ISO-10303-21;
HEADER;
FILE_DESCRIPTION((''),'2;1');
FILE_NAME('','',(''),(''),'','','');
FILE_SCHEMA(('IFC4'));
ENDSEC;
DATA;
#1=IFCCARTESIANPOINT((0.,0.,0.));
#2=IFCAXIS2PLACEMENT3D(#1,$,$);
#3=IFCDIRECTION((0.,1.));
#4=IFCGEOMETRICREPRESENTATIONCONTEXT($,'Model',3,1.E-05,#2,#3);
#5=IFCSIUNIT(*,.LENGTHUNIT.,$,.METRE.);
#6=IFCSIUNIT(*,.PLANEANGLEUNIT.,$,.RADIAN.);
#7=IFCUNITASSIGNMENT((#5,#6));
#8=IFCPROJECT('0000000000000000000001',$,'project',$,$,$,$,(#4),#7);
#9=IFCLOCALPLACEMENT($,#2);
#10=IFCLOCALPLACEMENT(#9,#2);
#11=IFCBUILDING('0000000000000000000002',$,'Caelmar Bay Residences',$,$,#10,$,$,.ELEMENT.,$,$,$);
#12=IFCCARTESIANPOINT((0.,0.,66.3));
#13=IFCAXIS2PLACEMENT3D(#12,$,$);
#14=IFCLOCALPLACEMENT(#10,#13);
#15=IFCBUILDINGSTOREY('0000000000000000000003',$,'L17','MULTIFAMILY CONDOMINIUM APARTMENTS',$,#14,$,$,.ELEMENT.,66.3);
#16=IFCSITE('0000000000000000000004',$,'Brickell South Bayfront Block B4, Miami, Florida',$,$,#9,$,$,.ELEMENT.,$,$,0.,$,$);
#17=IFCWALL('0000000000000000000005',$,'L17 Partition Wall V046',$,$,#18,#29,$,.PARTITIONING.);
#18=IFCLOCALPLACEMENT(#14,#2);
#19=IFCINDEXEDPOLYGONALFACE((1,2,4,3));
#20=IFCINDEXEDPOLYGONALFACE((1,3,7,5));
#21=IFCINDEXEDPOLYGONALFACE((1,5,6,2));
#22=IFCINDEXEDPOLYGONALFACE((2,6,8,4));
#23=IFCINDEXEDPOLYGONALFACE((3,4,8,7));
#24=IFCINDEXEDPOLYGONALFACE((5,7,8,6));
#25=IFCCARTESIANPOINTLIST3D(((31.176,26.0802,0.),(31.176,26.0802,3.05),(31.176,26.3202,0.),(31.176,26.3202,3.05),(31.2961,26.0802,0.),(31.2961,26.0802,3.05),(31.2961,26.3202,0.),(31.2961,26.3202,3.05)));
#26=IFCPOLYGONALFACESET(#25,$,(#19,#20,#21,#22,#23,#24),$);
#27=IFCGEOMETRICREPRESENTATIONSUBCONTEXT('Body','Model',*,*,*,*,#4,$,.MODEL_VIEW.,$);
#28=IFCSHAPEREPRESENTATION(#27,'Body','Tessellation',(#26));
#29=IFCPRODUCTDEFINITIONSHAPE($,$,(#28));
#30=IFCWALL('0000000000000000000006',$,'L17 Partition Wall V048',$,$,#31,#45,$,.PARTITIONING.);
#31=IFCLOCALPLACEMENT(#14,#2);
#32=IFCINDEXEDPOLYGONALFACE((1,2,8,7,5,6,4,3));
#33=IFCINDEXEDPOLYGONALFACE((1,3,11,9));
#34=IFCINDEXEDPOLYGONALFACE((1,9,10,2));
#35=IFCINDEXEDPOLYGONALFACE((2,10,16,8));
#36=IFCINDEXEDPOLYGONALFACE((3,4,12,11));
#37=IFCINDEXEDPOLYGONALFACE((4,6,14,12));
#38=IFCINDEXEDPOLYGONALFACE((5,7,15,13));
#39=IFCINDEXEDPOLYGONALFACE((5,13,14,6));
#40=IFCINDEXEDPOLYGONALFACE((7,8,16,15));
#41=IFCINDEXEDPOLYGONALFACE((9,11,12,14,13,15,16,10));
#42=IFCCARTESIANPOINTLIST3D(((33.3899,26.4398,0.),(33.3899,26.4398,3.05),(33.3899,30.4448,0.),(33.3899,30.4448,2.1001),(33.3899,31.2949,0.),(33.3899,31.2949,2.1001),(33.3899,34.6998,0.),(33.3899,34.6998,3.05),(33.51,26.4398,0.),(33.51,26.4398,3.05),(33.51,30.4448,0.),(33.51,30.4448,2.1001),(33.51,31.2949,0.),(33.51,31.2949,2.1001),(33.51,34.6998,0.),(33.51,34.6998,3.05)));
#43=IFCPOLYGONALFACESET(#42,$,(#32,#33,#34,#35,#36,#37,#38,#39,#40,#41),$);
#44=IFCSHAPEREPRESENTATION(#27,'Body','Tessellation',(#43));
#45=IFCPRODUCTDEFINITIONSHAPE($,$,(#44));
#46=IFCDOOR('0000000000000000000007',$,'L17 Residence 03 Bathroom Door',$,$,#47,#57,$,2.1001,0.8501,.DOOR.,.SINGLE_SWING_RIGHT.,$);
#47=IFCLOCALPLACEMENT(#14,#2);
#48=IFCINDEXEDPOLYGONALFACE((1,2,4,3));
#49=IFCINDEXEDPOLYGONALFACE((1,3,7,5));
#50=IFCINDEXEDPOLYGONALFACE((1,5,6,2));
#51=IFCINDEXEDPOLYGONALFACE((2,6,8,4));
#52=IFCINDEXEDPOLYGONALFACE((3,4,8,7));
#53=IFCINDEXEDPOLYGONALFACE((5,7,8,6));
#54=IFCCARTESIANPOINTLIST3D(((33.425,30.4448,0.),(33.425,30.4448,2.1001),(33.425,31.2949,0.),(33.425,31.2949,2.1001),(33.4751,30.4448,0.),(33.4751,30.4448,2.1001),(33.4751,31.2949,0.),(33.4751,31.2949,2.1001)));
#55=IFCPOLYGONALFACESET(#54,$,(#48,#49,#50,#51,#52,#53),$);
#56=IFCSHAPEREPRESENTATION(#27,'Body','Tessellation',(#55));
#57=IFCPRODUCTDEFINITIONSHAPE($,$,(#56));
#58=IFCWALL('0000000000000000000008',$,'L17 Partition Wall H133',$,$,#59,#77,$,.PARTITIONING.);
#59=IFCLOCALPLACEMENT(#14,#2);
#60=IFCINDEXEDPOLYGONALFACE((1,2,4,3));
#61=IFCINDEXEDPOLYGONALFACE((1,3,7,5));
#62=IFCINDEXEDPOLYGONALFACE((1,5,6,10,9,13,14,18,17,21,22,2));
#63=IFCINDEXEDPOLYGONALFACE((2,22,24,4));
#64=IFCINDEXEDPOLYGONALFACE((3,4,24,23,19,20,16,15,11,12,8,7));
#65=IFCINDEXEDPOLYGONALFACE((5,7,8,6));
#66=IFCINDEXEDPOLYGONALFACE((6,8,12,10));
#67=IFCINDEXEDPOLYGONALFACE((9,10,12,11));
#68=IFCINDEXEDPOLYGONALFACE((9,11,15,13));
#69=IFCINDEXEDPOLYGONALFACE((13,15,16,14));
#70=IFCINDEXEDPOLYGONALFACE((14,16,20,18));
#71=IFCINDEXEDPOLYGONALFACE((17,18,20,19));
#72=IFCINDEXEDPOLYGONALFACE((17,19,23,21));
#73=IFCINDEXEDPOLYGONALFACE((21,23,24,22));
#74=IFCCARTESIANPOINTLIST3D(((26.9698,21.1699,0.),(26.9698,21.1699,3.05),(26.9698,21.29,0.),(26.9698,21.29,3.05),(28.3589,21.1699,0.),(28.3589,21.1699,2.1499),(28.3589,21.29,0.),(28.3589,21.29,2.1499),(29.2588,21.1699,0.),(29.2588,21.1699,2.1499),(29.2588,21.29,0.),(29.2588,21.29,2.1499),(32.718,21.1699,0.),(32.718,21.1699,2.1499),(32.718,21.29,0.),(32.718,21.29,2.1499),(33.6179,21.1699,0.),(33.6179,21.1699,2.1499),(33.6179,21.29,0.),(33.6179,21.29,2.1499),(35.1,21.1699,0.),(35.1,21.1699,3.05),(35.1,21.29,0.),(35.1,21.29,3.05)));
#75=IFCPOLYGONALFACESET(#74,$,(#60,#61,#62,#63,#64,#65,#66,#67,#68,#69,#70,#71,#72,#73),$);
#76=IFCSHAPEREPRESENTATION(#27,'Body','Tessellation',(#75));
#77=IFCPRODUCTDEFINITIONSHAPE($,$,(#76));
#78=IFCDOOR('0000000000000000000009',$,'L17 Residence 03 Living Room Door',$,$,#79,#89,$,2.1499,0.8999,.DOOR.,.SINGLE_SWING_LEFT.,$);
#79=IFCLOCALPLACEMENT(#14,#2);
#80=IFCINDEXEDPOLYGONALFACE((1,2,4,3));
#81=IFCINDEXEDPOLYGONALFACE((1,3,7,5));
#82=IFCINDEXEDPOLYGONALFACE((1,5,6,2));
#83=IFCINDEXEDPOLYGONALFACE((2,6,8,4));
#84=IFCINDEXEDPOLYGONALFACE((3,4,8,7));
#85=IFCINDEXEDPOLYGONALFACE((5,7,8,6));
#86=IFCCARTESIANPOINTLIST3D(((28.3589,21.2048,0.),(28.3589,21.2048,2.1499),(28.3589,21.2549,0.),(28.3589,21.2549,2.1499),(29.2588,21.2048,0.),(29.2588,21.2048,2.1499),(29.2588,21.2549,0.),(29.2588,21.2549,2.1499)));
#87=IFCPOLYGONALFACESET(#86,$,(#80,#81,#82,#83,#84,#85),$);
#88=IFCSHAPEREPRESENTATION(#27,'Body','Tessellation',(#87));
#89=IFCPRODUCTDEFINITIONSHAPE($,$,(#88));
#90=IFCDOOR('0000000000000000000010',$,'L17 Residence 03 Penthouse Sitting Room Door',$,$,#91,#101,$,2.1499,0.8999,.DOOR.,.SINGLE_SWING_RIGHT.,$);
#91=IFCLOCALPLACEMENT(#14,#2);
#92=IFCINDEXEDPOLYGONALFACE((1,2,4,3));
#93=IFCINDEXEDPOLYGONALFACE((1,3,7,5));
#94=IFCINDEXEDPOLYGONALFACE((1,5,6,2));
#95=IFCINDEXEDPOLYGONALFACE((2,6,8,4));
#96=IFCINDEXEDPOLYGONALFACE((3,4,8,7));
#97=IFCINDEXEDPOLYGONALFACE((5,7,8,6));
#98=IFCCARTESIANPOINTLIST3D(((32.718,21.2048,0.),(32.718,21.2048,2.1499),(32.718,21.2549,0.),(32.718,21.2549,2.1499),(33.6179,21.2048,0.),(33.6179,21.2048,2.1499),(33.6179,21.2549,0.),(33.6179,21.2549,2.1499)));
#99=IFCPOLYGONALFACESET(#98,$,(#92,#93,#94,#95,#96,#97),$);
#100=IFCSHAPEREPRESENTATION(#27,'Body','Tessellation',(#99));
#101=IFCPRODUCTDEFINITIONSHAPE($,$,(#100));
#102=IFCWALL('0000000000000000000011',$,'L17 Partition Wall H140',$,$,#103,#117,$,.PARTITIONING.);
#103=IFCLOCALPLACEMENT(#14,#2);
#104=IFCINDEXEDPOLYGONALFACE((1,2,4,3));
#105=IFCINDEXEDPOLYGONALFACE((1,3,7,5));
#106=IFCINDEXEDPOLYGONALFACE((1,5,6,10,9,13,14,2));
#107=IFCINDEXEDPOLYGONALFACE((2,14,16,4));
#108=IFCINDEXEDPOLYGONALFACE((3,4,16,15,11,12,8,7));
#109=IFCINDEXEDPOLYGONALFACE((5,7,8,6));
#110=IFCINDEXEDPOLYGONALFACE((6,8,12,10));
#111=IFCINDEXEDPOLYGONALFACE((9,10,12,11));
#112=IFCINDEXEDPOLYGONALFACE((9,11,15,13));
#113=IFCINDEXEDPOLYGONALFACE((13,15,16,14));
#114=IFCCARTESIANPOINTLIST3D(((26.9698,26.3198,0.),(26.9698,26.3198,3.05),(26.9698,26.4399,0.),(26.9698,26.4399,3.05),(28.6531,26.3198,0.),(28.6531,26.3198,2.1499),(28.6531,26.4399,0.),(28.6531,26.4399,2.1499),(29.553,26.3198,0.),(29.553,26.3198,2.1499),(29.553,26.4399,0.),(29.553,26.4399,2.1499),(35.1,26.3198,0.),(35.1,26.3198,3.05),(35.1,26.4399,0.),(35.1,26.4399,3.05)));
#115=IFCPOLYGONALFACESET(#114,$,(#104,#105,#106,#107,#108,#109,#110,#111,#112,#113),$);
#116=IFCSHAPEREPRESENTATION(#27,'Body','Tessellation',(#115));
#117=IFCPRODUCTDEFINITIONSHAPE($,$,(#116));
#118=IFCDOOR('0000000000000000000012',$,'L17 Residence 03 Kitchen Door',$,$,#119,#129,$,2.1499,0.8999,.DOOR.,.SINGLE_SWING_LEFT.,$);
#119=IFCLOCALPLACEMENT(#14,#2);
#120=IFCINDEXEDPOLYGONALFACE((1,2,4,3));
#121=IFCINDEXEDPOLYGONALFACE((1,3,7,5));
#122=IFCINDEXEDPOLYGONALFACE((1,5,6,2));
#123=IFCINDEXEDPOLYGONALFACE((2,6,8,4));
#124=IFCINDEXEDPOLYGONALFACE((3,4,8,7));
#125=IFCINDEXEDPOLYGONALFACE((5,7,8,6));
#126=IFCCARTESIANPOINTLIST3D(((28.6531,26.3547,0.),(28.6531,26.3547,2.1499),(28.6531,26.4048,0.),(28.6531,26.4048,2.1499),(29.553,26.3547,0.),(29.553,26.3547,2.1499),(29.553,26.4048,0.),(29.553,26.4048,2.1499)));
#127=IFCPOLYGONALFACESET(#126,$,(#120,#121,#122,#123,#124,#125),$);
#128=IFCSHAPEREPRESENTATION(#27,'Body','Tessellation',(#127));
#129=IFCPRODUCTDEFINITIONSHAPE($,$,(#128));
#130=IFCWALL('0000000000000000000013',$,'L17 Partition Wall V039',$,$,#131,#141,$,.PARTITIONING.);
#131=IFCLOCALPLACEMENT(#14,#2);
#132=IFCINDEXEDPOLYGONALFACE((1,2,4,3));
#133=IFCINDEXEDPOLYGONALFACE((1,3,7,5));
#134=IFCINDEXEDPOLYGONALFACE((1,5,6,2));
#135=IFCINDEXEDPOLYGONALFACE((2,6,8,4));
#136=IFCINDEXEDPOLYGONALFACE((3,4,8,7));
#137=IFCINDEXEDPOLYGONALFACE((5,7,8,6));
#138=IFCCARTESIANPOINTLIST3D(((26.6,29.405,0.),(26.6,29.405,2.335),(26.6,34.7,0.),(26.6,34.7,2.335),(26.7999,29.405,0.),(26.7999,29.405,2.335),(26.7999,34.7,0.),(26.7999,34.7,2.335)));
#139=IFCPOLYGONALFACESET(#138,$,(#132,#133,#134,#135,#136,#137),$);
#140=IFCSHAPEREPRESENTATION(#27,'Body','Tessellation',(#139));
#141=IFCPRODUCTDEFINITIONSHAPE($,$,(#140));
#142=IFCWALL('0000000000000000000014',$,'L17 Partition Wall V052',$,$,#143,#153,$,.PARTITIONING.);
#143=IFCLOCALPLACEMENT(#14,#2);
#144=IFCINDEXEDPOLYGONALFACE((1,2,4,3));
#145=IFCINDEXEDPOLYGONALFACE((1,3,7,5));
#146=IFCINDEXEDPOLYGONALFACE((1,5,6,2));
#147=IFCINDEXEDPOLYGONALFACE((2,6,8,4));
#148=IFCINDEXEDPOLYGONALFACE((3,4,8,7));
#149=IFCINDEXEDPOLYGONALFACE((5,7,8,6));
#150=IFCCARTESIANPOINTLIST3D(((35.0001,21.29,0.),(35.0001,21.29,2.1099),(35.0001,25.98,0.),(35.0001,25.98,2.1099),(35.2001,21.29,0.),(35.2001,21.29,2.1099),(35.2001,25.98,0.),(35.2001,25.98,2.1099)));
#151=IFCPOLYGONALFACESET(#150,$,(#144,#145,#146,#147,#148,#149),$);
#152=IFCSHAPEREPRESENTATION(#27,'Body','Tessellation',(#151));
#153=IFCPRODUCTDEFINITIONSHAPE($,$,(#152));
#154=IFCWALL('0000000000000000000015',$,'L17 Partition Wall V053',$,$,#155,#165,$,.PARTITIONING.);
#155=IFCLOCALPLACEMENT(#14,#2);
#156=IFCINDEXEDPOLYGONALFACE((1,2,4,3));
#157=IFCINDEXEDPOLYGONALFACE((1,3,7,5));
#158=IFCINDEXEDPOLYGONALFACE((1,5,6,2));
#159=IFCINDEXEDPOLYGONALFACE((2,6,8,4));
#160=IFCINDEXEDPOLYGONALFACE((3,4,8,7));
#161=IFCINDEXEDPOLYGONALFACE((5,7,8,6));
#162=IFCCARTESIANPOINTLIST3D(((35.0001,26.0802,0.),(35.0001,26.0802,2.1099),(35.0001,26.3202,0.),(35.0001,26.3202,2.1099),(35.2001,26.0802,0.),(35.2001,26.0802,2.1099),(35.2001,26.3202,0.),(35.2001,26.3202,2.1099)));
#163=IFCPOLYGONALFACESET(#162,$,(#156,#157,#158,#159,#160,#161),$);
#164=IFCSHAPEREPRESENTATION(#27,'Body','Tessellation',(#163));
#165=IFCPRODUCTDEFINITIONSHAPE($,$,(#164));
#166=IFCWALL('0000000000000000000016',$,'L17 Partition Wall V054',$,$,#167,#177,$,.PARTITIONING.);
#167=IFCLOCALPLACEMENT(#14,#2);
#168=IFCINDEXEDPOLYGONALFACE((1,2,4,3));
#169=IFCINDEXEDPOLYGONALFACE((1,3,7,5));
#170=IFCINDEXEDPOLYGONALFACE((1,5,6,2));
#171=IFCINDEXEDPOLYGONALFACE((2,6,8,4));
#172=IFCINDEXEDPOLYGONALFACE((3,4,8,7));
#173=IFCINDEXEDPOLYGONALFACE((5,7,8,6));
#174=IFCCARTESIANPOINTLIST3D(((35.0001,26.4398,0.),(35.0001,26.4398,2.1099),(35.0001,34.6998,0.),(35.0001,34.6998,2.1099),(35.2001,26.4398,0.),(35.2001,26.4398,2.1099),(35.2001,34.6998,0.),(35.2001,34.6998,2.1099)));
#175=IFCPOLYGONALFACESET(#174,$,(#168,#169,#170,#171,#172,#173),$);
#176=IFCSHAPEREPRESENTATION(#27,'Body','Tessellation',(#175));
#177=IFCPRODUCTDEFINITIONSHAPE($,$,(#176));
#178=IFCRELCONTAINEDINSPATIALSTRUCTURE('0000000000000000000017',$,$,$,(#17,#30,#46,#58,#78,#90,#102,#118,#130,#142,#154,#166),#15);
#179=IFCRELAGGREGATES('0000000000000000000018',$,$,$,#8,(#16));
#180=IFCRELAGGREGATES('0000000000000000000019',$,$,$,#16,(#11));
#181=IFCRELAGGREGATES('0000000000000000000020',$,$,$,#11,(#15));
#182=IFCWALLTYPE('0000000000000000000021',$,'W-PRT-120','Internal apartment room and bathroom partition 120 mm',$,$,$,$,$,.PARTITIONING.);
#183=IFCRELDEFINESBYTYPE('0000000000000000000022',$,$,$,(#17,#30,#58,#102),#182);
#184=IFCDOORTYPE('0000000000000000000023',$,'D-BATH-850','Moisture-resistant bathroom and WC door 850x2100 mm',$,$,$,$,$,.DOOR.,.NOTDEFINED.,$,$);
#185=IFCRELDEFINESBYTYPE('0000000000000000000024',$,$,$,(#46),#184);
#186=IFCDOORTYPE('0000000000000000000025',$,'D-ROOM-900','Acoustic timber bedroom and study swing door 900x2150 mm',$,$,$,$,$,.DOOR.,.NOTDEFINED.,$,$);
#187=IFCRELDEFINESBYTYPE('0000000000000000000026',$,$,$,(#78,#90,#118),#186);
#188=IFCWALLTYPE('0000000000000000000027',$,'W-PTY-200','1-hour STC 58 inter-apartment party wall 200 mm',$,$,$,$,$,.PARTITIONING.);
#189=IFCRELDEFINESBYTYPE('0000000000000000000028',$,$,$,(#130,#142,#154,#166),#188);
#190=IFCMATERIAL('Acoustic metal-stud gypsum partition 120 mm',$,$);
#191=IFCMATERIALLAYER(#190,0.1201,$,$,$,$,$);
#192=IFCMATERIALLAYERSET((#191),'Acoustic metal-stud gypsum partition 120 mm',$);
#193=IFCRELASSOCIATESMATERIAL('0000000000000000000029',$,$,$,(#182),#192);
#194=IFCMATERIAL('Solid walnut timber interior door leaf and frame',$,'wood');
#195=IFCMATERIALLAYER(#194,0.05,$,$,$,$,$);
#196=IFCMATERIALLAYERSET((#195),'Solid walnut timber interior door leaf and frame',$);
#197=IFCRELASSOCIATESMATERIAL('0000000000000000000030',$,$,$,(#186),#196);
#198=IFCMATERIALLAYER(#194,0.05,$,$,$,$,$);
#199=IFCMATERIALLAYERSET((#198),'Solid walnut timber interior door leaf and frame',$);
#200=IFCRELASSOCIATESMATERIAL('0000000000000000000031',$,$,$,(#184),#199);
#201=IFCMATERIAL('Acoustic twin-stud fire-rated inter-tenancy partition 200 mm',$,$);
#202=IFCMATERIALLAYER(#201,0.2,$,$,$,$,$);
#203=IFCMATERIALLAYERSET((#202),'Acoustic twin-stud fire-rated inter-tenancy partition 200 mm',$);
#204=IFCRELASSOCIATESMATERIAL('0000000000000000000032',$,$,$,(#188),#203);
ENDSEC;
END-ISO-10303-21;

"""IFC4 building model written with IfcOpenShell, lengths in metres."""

from ifc_helpers import new_model, si_unit, direction, frame, frame_2d, origin, place, context, subcontext, project, spatial, rectangle, extrude, material, layer, layer_set, type_object, element, fill, save


model = new_model("IFC4")

# Units and contexts
model_context = context("Model", 3, precision=1e-05, world=origin(), true_north=direction((0.0, 1.0)))
body_context = subcontext(model_context, "Body", "Model", "MODEL_VIEW")
ifc_project = project(units=[si_unit("LENGTHUNIT", "METRE"), si_unit("PLANEANGLEUNIT", "RADIAN")], contexts=[model_context])

# Site, building, storey
site_placement = place(None, origin())
site = spatial("IfcSite", under=ifc_project, at=site_placement, Name="Brickell South Bayfront Block B4, Miami, Florida", CompositionType="ELEMENT", RefElevation=0.0)
building_placement = place(site_placement, origin())
building = spatial("IfcBuilding", under=site, at=building_placement, Name="Caelmar Bay Residences", CompositionType="ELEMENT")
storey_placement = place(building_placement, frame((0.0, 0.0, 66.3)))
storey = spatial("IfcBuildingStorey", under=building, at=storey_placement, Name="L17", Description="MULTIFAMILY CONDOMINIUM APARTMENTS", CompositionType="ELEMENT", Elevation=66.3)

# Shared definitions
ifc_material_1 = material(Name="Acoustic metal-stud gypsum partition 120 mm")
ifc_layer_1 = layer(ifc_material_1, 0.1201)
ifc_layer_set_1 = layer_set([ifc_layer_1], Name="Acoustic metal-stud gypsum partition 120 mm")
wall_type_1 = type_object("IfcWallType", Name="W-PRT-120", Description="Internal apartment room and bathroom partition 120 mm", PredefinedType="PARTITIONING", material=ifc_layer_set_1)
ifc_material_2 = material(Name="Solid walnut timber interior door leaf and frame", Category="wood")
ifc_layer_2 = layer(ifc_material_2, 0.05)
ifc_layer_set_2 = layer_set([ifc_layer_2], Name="Solid walnut timber interior door leaf and frame")
door_type_1 = type_object("IfcDoorType", Name="D-ROOM-900", Description="Acoustic timber bedroom and study swing door 900x2150 mm", OperationType="NOTDEFINED", PredefinedType="DOOR", material=ifc_layer_set_2)

# Wall
wall_1_placement = place(storey_placement, frame((31.2361, 26.0801, 0.0), z_axis=(0.0, 0.0, 1.0), x_axis=(0.0, 1.0, 0.0)))
element("IfcWall", 1, at=wall_1_placement, inside=storey, type_object=wall_type_1, Name="L17 Partition Wall V046", PredefinedType="PARTITIONING", context=body_context, shape_type="SweptSolid", body=[
    extrude(rectangle(XDim=0.24, YDim=0.1201, at=frame_2d((0.1201, 0.0))), origin(), (0.0, 0.0, 1.0), 3.05),
])

# Wall, opening, door
wall_2_placement = place(storey_placement, frame((33.45, 26.4399, 0.0), z_axis=(0.0, 0.0, 1.0), x_axis=(0.0, 1.0, 0.0)))
wall_2 = element("IfcWall", 2, at=wall_2_placement, inside=storey, type_object=wall_type_1, Name="L17 Partition Wall V048", PredefinedType="PARTITIONING", context=body_context, shape_type="SweptSolid", body=[
    extrude(rectangle(XDim=8.26, YDim=0.1201, at=frame_2d((4.1299, 0.0))), origin(), (0.0, 0.0, 1.0), 3.05),
])
opening_1_placement = place(wall_2_placement, frame((4.0049, 0.0, 0.0)))
opening_1 = element("IfcOpeningElement", 3, at=opening_1_placement, cuts=wall_2, PredefinedType="OPENING", context=body_context, shape_type="SweptSolid", body=[
    extrude(rectangle(XDim=0.8501, YDim=2.1001, at=frame_2d((0.425, 1.05))), frame((0.0, 0.0701, 0.0), z_axis=(0.0, -1.0, 0.0), x_axis=(1.0, 0.0, 0.0)), (0.0, 0.0, 1.0), 0.1401),
])
ifc_layer_3 = layer(ifc_material_2, 0.05)
ifc_layer_set_3 = layer_set([ifc_layer_3], Name="Solid walnut timber interior door leaf and frame")
door_type_2 = type_object("IfcDoorType", Name="D-BATH-850", Description="Moisture-resistant bathroom and WC door 850x2100 mm", OperationType="NOTDEFINED", PredefinedType="DOOR", material=ifc_layer_set_3)
door_1_placement = place(opening_1_placement, origin())
door_1 = element("IfcDoor", 4, at=door_1_placement, inside=storey, type_object=door_type_2, Name="L17 Residence 03 Bathroom Door", OperationType="SINGLE_SWING_RIGHT", OverallHeight=2.1001, OverallWidth=0.8501, PredefinedType="DOOR", context=body_context, shape_type="SweptSolid", body=[
    extrude(rectangle(XDim=0.8501, YDim=2.1001, at=frame_2d((0.425, 1.05))), frame((0.0, 0.0249, 0.0), z_axis=(0.0, -1.0, 0.0), x_axis=(1.0, 0.0, 0.0)), (0.0, 0.0, 1.0), 0.05),
])
fill(opening_1, door_1)

# Wall, openings, doors
wall_3_placement = place(storey_placement, frame((26.97, 21.23, 0.0), z_axis=(0.0, 0.0, 1.0), x_axis=(1.0, 0.0, 0.0)))
wall_3 = element("IfcWall", 5, at=wall_3_placement, inside=storey, type_object=wall_type_1, Name="L17 Partition Wall H133", PredefinedType="PARTITIONING", context=body_context, shape_type="SweptSolid", body=[
    extrude(rectangle(XDim=8.1301, YDim=0.1201, at=frame_2d((4.0649, 0.0))), origin(), (0.0, 0.0, 1.0), 3.05),
])
opening_2_placement = place(wall_3_placement, frame((1.3889, 0.0, 0.0)))
opening_2 = element("IfcOpeningElement", 6, at=opening_2_placement, cuts=wall_3, PredefinedType="OPENING", context=body_context, shape_type="SweptSolid", body=[
    extrude(rectangle(XDim=0.8999, YDim=2.1499, at=frame_2d((0.45, 1.075))), frame((0.0, 0.0701, 0.0), z_axis=(0.0, -1.0, 0.0), x_axis=(1.0, 0.0, 0.0)), (0.0, 0.0, 1.0), 0.1401),
])
opening_3_placement = place(wall_3_placement, frame((5.748, 0.0, 0.0)))
opening_3 = element("IfcOpeningElement", 7, at=opening_3_placement, cuts=wall_3, PredefinedType="OPENING", context=body_context, shape_type="SweptSolid", body=[
    extrude(rectangle(XDim=0.8999, YDim=2.1499, at=frame_2d((0.45, 1.075))), frame((0.0, 0.0701, 0.0), z_axis=(0.0, -1.0, 0.0), x_axis=(1.0, 0.0, 0.0)), (0.0, 0.0, 1.0), 0.1401),
])
door_2_placement = place(opening_2_placement, origin())
door_2 = element("IfcDoor", 8, at=door_2_placement, inside=storey, type_object=door_type_1, Name="L17 Residence 03 Living Room Door", OperationType="SINGLE_SWING_LEFT", OverallHeight=2.1499, OverallWidth=0.8999, PredefinedType="DOOR", context=body_context, shape_type="SweptSolid", body=[
    extrude(rectangle(XDim=0.8999, YDim=2.1499, at=frame_2d((0.45, 1.075))), frame((0.0, 0.0249, 0.0), z_axis=(0.0, -1.0, 0.0), x_axis=(1.0, 0.0, 0.0)), (0.0, 0.0, 1.0), 0.05),
])
fill(opening_2, door_2)
door_3_placement = place(opening_3_placement, origin())
door_3 = element("IfcDoor", 9, at=door_3_placement, inside=storey, type_object=door_type_1, Name="L17 Residence 03 Penthouse Sitting Room Door", OperationType="SINGLE_SWING_RIGHT", OverallHeight=2.1499, OverallWidth=0.8999, PredefinedType="DOOR", context=body_context, shape_type="SweptSolid", body=[
    extrude(rectangle(XDim=0.8999, YDim=2.1499, at=frame_2d((0.45, 1.075))), frame((0.0, 0.0249, 0.0), z_axis=(0.0, -1.0, 0.0), x_axis=(1.0, 0.0, 0.0)), (0.0, 0.0, 1.0), 0.05),
])
fill(opening_3, door_3)

# Wall, opening, door
wall_4_placement = place(storey_placement, frame((26.97, 26.3799, 0.0), z_axis=(0.0, 0.0, 1.0), x_axis=(1.0, 0.0, 0.0)))
wall_4 = element("IfcWall", 10, at=wall_4_placement, inside=storey, type_object=wall_type_1, Name="L17 Partition Wall H140", PredefinedType="PARTITIONING", context=body_context, shape_type="SweptSolid", body=[
    extrude(rectangle(XDim=8.1301, YDim=0.1201, at=frame_2d((4.0649, 0.0))), origin(), (0.0, 0.0, 1.0), 3.05),
])
opening_4_placement = place(wall_4_placement, frame((1.6831, 0.0, 0.0)))
opening_4 = element("IfcOpeningElement", 11, at=opening_4_placement, cuts=wall_4, PredefinedType="OPENING", context=body_context, shape_type="SweptSolid", body=[
    extrude(rectangle(XDim=0.8999, YDim=2.1499, at=frame_2d((0.45, 1.075))), frame((0.0, 0.0701, 0.0), z_axis=(0.0, -1.0, 0.0), x_axis=(1.0, 0.0, 0.0)), (0.0, 0.0, 1.0), 0.1401),
])
door_4_placement = place(opening_4_placement, origin())
door_4 = element("IfcDoor", 12, at=door_4_placement, inside=storey, type_object=door_type_1, Name="L17 Residence 03 Kitchen Door", OperationType="SINGLE_SWING_LEFT", OverallHeight=2.1499, OverallWidth=0.8999, PredefinedType="DOOR", context=body_context, shape_type="SweptSolid", body=[
    extrude(rectangle(XDim=0.8999, YDim=2.1499, at=frame_2d((0.45, 1.075))), frame((0.0, 0.0249, 0.0), z_axis=(0.0, -1.0, 0.0), x_axis=(1.0, 0.0, 0.0)), (0.0, 0.0, 1.0), 0.05),
])
fill(opening_4, door_4)

# Walls
ifc_material_3 = material(Name="Acoustic twin-stud fire-rated inter-tenancy partition 200 mm")
ifc_layer_4 = layer(ifc_material_3, 0.2)
ifc_layer_set_4 = layer_set([ifc_layer_4], Name="Acoustic twin-stud fire-rated inter-tenancy partition 200 mm")
wall_type_2 = type_object("IfcWallType", Name="W-PTY-200", Description="1-hour STC 58 inter-apartment party wall 200 mm", PredefinedType="PARTITIONING", material=ifc_layer_set_4)
wall_5_placement = place(storey_placement, frame((26.7, 29.405, 0.0), z_axis=(0.0, 0.0, 1.0), x_axis=(0.0, 1.0, 0.0)))
element("IfcWall", 13, at=wall_5_placement, inside=storey, type_object=wall_type_2, Name="L17 Partition Wall V039", PredefinedType="PARTITIONING", context=body_context, shape_type="SweptSolid", body=[
    extrude(rectangle(XDim=5.2949, YDim=0.2, at=frame_2d((2.6475, 0.0))), origin(), (0.0, 0.0, 1.0), 2.335),
])
wall_6_placement = place(storey_placement, frame((35.1001, 21.29, 0.0), z_axis=(0.0, 0.0, 1.0), x_axis=(0.0, 1.0, 0.0)))
element("IfcWall", 14, at=wall_6_placement, inside=storey, type_object=wall_type_2, Name="L17 Partition Wall V052", PredefinedType="PARTITIONING", context=body_context, shape_type="SweptSolid", body=[
    extrude(rectangle(XDim=4.6899, YDim=0.2, at=frame_2d((2.345, 0.0))), origin(), (0.0, 0.0, 1.0), 2.1099),
])
wall_7_placement = place(storey_placement, frame((35.1001, 26.0801, 0.0), z_axis=(0.0, 0.0, 1.0), x_axis=(0.0, 1.0, 0.0)))
element("IfcWall", 15, at=wall_7_placement, inside=storey, type_object=wall_type_2, Name="L17 Partition Wall V053", PredefinedType="PARTITIONING", context=body_context, shape_type="SweptSolid", body=[
    extrude(rectangle(XDim=0.24, YDim=0.2, at=frame_2d((0.1201, 0.0))), origin(), (0.0, 0.0, 1.0), 2.1099),
])
wall_8_placement = place(storey_placement, frame((35.1001, 26.4399, 0.0), z_axis=(0.0, 0.0, 1.0), x_axis=(0.0, 1.0, 0.0)))
element("IfcWall", 16, at=wall_8_placement, inside=storey, type_object=wall_type_2, Name="L17 Partition Wall V054", PredefinedType="PARTITIONING", context=body_context, shape_type="SweptSolid", body=[
    extrude(rectangle(XDim=8.26, YDim=0.2, at=frame_2d((4.1299, 0.0))), origin(), (0.0, 0.0, 1.0), 2.1099),
])

save(model, "model.ifc")
